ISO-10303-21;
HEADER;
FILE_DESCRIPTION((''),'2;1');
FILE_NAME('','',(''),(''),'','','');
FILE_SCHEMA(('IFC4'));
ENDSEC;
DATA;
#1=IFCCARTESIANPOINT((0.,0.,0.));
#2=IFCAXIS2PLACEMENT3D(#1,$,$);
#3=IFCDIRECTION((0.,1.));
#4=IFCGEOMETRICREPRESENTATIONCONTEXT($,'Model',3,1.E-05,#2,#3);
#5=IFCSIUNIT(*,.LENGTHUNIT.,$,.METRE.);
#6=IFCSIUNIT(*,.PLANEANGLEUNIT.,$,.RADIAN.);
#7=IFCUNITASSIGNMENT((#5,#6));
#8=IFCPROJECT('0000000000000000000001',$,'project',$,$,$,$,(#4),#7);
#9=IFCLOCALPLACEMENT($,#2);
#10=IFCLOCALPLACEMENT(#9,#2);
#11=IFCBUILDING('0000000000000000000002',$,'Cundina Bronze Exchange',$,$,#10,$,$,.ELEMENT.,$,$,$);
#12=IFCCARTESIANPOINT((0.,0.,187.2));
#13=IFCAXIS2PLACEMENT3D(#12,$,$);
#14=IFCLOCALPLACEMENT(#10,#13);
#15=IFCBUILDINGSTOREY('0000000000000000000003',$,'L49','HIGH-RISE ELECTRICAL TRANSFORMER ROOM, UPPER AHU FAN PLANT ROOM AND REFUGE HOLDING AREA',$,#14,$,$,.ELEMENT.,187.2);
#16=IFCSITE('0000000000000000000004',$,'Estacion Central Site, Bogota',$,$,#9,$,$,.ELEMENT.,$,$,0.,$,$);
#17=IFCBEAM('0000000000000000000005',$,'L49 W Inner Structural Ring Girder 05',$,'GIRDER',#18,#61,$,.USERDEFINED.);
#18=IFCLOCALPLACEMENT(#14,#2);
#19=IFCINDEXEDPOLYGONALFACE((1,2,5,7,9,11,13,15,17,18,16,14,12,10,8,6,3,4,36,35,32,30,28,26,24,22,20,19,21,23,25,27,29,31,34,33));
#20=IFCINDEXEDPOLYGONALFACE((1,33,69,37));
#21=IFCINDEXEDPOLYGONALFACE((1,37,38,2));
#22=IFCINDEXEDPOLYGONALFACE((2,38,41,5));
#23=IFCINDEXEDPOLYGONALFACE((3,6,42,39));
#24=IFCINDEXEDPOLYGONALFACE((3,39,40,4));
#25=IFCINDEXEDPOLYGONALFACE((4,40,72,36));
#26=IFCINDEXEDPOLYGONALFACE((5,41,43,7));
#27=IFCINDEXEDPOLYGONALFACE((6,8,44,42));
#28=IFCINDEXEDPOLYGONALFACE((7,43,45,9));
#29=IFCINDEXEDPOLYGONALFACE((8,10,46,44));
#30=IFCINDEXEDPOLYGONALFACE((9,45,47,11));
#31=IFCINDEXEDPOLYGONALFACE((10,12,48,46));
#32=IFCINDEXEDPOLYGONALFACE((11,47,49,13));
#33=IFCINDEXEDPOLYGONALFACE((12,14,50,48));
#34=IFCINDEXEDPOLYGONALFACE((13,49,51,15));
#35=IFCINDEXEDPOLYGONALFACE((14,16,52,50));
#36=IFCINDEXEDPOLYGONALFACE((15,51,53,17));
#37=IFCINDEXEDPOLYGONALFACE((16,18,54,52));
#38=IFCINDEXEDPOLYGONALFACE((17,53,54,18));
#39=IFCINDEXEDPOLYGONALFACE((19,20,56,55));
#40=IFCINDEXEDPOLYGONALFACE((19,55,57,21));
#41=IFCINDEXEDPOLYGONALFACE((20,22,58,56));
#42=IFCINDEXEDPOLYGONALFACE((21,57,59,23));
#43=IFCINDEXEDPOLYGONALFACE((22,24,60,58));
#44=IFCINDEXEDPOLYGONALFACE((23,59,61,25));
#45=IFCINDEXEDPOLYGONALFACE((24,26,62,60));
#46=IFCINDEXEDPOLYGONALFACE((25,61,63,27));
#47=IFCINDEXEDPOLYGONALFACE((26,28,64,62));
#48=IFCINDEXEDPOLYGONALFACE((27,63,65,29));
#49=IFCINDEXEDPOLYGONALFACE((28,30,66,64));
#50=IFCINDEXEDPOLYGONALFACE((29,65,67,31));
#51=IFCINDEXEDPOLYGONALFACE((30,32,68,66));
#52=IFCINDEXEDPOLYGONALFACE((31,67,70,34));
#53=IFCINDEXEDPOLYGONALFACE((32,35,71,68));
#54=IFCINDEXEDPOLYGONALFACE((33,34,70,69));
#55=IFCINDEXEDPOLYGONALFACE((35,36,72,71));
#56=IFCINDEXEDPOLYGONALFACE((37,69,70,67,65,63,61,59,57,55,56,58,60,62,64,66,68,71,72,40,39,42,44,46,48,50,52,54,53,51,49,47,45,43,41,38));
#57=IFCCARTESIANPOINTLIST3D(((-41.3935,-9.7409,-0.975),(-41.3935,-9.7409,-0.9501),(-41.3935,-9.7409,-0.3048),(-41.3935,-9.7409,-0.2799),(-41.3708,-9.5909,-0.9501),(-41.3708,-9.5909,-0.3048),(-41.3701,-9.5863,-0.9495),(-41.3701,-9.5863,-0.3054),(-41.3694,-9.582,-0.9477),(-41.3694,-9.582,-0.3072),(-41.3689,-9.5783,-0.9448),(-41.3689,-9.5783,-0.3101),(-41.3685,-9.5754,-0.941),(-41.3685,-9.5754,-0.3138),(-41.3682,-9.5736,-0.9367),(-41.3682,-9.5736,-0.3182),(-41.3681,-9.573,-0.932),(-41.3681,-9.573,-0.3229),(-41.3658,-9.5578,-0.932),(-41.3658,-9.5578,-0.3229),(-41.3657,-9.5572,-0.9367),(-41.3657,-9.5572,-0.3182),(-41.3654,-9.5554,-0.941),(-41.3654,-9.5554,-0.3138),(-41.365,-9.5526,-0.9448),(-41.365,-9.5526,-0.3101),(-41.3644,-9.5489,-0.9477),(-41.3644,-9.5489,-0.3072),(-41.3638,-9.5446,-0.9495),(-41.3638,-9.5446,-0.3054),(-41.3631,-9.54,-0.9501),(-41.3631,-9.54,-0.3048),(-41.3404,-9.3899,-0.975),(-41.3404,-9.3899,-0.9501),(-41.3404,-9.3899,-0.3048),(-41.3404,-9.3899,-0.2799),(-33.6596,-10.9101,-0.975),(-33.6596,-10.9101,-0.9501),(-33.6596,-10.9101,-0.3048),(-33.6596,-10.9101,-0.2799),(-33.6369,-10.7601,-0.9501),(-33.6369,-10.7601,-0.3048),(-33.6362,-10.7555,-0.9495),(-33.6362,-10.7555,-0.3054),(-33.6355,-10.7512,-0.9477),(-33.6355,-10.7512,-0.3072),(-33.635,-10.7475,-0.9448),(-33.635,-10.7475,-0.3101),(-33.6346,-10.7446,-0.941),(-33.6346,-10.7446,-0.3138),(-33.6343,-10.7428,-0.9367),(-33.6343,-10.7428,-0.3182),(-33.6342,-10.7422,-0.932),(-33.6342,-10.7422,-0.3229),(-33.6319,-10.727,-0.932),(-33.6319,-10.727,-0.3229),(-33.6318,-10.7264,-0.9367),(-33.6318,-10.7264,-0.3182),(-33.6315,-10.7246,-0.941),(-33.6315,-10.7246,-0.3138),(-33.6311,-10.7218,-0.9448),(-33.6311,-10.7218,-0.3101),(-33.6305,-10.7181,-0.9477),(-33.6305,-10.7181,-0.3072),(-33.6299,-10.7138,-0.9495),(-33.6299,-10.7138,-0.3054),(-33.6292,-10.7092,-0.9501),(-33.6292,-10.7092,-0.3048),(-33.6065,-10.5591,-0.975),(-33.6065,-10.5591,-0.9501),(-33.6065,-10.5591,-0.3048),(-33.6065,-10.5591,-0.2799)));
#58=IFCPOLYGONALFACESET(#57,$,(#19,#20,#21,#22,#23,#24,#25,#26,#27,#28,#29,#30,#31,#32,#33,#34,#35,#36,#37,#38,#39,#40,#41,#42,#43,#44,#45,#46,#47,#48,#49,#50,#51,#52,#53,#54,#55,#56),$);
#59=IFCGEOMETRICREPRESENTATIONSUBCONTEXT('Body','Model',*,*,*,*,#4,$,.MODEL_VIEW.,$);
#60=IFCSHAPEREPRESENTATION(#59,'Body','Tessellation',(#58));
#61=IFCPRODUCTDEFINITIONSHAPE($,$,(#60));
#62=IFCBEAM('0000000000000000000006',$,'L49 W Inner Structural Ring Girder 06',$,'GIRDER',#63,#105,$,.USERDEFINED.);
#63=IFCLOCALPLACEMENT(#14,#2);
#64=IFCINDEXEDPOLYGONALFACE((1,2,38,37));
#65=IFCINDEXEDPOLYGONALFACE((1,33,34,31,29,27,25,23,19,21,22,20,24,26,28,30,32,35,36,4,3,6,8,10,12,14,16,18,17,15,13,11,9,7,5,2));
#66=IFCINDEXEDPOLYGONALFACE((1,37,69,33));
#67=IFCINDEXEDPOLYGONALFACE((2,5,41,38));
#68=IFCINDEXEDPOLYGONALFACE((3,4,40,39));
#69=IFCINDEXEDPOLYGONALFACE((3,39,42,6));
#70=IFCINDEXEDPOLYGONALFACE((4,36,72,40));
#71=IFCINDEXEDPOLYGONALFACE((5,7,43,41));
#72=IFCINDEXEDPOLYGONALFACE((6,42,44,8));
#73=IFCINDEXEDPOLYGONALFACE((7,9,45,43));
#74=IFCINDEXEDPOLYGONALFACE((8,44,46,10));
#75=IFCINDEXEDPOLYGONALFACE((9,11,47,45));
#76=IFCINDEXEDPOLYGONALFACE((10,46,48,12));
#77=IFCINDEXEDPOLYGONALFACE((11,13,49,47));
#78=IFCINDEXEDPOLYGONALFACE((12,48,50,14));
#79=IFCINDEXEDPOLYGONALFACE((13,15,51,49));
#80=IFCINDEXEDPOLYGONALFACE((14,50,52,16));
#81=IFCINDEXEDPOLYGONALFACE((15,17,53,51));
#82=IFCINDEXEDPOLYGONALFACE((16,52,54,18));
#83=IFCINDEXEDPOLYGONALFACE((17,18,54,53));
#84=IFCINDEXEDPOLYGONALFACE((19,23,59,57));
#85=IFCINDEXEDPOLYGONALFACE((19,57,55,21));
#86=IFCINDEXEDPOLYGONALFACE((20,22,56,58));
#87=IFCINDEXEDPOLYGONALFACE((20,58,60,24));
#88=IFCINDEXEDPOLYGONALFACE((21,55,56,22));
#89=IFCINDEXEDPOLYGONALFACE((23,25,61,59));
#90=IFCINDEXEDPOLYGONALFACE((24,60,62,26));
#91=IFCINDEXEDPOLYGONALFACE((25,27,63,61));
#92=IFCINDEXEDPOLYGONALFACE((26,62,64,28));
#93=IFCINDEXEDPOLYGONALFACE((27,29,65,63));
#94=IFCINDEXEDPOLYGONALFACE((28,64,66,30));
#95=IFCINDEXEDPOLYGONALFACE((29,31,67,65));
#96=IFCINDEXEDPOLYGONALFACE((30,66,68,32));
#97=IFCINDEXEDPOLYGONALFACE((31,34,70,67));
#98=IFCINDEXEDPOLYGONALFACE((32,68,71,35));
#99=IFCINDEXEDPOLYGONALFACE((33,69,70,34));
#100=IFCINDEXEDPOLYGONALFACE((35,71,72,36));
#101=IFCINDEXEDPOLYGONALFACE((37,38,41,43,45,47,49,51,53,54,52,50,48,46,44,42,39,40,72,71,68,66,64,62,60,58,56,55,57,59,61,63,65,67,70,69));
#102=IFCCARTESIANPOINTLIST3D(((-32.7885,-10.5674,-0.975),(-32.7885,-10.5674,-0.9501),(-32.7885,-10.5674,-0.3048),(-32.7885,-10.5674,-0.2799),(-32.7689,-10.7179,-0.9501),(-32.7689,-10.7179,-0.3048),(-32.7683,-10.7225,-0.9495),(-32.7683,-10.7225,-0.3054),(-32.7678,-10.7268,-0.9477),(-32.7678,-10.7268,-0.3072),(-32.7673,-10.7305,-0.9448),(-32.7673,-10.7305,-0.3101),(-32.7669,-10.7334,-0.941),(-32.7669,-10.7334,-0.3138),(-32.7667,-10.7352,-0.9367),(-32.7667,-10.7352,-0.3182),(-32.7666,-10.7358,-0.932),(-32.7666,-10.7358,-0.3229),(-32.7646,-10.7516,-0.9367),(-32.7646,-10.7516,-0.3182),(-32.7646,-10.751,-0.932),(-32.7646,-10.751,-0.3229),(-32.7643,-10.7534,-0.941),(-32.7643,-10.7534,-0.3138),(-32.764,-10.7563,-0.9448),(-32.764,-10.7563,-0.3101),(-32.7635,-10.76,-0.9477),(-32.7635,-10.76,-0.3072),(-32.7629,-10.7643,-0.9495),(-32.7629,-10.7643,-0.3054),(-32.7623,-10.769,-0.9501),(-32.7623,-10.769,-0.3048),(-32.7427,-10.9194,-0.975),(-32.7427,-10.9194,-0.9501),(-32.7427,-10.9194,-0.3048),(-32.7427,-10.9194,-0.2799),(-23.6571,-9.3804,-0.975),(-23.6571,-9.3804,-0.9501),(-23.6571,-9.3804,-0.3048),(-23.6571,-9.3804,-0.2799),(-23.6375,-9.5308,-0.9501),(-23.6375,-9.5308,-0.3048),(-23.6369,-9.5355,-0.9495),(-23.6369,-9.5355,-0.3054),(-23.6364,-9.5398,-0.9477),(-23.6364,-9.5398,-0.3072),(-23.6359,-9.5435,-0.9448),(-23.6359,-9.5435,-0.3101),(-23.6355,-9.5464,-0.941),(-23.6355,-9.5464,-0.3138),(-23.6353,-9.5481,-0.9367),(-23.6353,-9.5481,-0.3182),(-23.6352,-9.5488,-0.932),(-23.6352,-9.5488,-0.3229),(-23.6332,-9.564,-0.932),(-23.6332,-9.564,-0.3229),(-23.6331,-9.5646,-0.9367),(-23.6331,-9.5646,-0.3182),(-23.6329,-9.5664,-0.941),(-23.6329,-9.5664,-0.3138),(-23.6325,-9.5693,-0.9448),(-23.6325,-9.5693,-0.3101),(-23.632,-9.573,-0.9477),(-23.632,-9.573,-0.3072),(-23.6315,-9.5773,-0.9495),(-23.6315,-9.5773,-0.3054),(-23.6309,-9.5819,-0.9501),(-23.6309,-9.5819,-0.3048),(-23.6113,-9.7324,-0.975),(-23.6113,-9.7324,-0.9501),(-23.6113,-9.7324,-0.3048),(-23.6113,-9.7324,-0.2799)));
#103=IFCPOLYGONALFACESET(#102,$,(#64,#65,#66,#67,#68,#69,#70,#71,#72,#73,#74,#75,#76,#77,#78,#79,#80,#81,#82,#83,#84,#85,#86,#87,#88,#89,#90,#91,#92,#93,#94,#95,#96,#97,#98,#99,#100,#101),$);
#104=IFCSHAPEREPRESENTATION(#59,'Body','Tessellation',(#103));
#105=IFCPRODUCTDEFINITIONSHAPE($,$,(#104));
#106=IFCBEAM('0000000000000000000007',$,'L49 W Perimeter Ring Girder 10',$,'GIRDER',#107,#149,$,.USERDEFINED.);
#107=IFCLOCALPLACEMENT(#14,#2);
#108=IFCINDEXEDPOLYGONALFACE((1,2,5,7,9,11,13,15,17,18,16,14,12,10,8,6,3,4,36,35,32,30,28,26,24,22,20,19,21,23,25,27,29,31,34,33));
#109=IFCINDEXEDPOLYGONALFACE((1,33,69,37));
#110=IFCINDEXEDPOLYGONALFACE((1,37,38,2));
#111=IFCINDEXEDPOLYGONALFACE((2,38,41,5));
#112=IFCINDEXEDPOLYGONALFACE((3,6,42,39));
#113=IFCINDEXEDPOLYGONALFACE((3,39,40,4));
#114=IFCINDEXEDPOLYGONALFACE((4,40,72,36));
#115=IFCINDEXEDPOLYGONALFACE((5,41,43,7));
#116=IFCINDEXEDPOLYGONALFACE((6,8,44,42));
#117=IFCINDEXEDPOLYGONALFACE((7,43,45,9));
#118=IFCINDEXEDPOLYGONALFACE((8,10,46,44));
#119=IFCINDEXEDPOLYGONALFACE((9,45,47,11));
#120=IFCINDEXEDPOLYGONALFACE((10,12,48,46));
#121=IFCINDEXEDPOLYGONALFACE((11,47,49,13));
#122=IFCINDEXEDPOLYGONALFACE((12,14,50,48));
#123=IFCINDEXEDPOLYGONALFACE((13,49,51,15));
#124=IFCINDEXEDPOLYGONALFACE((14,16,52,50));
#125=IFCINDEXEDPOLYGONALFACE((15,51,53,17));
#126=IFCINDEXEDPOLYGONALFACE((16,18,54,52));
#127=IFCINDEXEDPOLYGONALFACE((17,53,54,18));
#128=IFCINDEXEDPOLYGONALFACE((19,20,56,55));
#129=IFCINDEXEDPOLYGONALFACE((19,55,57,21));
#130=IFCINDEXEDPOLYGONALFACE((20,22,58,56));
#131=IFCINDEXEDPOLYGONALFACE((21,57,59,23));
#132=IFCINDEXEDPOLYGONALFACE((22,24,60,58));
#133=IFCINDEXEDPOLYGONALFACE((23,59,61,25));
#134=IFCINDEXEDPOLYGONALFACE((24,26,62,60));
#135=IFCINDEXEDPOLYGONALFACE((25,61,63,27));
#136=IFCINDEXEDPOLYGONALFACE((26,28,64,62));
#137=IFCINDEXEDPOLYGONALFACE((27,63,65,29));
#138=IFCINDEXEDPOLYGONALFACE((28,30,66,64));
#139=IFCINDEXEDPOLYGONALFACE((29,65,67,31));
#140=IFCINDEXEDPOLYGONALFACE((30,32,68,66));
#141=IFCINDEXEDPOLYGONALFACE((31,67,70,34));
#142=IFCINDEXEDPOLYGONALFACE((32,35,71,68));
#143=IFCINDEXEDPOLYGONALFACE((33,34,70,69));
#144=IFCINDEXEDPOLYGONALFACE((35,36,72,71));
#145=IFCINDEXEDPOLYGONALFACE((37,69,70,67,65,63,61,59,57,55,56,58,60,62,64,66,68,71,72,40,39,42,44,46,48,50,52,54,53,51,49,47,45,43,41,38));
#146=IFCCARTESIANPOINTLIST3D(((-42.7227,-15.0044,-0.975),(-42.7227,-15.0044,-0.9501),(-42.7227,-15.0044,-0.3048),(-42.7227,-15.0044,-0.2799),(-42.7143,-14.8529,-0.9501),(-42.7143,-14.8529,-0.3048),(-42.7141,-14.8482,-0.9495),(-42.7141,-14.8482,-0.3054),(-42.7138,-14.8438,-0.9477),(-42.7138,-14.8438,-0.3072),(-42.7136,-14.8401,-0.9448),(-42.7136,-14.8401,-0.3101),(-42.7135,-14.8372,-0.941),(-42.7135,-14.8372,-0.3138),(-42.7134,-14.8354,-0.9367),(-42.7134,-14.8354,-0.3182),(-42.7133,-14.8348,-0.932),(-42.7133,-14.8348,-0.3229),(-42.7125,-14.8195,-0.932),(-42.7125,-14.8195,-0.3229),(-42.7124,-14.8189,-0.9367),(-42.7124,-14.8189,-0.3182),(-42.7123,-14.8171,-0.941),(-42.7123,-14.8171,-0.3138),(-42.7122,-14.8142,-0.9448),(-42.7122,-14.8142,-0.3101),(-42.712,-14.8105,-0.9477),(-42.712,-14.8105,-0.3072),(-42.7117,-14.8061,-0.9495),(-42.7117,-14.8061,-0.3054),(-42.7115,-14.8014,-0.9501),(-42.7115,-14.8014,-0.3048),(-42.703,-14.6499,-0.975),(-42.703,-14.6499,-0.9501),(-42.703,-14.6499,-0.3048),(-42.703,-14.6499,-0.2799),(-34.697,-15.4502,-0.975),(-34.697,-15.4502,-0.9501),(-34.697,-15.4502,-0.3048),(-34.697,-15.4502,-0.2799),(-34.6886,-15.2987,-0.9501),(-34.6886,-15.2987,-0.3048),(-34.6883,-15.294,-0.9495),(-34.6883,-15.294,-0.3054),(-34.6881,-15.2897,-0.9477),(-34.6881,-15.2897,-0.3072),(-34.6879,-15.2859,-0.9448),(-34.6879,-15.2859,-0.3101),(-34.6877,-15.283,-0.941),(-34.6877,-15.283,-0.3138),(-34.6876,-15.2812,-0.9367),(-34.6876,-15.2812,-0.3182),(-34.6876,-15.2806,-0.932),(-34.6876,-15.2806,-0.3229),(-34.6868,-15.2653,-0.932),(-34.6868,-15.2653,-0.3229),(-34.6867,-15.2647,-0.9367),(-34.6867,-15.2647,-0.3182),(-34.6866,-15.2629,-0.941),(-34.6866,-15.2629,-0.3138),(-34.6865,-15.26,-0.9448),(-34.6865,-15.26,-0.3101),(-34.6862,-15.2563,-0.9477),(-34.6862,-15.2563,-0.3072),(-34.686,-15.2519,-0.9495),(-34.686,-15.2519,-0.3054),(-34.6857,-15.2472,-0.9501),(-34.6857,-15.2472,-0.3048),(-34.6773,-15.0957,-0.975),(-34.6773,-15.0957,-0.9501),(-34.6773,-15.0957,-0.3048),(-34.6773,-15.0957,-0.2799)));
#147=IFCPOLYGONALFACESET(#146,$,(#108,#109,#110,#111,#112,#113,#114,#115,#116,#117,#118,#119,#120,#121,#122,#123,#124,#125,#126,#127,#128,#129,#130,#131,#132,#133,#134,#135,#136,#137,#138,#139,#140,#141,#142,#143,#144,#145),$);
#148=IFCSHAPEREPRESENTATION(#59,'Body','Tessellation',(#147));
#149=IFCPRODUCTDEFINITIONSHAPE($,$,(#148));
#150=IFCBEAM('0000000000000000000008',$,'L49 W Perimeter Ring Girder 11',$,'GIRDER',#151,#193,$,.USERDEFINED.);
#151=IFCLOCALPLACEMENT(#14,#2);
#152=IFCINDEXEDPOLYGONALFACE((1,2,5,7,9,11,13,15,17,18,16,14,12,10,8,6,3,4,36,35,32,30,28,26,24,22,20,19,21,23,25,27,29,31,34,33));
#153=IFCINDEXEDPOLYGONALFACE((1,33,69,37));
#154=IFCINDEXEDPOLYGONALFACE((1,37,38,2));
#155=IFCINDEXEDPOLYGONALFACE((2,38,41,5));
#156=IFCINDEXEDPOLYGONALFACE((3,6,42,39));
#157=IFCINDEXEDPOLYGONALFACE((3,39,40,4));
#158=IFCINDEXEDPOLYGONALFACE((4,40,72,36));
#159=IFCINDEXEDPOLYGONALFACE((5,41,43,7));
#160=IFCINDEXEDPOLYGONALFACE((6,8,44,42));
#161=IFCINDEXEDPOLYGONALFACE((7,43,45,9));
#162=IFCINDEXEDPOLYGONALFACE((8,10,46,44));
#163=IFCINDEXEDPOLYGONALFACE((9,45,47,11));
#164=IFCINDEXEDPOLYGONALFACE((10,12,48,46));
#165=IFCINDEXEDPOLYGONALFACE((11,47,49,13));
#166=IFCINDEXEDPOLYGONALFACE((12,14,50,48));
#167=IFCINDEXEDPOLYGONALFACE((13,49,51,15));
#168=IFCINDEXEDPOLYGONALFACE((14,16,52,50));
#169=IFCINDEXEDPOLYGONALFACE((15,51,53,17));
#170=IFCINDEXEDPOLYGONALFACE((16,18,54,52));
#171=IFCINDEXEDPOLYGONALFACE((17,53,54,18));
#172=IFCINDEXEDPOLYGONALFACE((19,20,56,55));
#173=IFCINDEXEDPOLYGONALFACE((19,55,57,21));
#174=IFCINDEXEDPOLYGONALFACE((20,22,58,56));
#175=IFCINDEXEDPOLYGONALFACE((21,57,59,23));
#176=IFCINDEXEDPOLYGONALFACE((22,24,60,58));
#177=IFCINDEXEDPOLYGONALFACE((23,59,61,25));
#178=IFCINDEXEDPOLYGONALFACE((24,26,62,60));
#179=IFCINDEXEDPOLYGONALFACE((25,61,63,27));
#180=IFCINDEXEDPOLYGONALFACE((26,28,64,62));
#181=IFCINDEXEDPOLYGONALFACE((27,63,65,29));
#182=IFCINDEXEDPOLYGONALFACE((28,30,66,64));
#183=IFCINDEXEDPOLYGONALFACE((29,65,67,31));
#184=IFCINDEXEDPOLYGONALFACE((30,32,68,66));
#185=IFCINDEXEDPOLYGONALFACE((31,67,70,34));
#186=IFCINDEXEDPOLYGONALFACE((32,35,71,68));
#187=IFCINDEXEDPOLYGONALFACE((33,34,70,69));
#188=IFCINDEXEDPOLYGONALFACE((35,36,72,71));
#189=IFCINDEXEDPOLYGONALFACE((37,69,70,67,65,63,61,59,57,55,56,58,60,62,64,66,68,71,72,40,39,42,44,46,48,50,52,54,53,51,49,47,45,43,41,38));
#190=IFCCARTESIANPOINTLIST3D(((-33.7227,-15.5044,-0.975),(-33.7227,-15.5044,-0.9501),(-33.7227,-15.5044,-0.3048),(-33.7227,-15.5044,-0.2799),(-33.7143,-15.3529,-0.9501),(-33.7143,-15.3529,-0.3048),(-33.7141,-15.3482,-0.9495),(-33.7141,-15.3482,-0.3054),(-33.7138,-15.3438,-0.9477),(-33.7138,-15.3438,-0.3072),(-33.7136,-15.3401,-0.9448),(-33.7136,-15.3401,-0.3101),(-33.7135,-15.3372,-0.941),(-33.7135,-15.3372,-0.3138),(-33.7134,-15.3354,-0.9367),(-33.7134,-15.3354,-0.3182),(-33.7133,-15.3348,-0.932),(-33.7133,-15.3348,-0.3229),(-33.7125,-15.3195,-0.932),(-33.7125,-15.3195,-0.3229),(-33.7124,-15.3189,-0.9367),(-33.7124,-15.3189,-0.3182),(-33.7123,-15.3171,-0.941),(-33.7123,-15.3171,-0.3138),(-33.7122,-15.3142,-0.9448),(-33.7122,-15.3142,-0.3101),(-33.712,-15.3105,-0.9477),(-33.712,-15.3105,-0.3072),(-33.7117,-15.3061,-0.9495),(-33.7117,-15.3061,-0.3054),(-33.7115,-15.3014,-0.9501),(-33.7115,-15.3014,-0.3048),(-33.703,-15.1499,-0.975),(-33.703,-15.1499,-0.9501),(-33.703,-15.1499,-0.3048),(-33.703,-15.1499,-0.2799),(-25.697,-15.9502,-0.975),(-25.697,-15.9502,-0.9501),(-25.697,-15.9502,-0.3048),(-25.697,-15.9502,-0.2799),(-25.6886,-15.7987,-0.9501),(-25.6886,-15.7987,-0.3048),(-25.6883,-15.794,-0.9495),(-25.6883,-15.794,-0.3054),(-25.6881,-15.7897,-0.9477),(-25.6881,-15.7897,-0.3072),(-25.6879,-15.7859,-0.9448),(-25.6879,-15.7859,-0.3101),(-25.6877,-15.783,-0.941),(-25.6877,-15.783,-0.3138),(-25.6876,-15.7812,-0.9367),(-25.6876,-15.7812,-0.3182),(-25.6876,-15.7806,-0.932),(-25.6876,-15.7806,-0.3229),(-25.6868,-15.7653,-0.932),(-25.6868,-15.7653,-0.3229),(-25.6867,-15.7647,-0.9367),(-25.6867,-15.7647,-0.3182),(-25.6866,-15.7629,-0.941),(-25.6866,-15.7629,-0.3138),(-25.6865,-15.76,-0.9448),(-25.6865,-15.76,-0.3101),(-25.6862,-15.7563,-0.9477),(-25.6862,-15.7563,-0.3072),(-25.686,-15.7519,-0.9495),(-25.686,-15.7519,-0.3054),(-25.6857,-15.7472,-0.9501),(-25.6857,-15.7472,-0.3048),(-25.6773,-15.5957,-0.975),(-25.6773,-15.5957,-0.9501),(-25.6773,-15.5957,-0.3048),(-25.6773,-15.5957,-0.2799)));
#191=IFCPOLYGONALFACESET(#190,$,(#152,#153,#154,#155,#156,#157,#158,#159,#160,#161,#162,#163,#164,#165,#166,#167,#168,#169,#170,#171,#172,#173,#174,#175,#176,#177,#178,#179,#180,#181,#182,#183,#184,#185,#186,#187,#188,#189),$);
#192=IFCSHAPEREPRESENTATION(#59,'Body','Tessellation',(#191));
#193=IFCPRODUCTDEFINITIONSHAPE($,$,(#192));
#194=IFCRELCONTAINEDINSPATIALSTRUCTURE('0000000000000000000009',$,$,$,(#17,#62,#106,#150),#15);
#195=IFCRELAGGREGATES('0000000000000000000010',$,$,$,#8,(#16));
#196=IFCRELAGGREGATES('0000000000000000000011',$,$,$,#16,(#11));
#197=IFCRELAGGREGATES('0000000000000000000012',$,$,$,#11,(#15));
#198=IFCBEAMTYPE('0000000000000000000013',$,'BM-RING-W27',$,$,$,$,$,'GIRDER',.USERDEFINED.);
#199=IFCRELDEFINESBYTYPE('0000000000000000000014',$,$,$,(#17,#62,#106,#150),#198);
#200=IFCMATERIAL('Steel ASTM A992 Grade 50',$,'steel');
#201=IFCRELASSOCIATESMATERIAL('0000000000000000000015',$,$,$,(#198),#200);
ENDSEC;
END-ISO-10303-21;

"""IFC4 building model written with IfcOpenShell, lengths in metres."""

from ifc_helpers import new_model, si_unit, direction, frame, origin, origin_2d, place, context, subcontext, project, spatial, i_section, extrude, material, material_profile, profile_set, type_object, element, save


model = new_model("IFC4")

# Units and contexts
model_context = context("Model", 3, precision=1e-05, world=origin(), true_north=direction((0.0, 1.0)))
body_context = subcontext(model_context, "Body", "Model", "MODEL_VIEW")
ifc_project = project(units=[si_unit("LENGTHUNIT", "METRE"), si_unit("PLANEANGLEUNIT", "RADIAN")], contexts=[model_context])

# Site, building, storey
site_placement = place(None, origin())
site = spatial("IfcSite", under=ifc_project, at=site_placement, Name="Estacion Central Site, Bogota", CompositionType="ELEMENT", RefElevation=0.0)
building_placement = place(site_placement, origin())
building = spatial("IfcBuilding", under=site, at=building_placement, Name="Cundina Bronze Exchange", CompositionType="ELEMENT")
storey_placement = place(building_placement, frame((0.0, 0.0, 187.2)))
storey = spatial("IfcBuildingStorey", under=building, at=storey_placement, Name="L49", Description="HIGH-RISE ELECTRICAL TRANSFORMER ROOM, UPPER AHU FAN PLANT ROOM AND REFUGE HOLDING AREA", CompositionType="ELEMENT", Elevation=187.2)

# Beams
ifc_material_1 = material(Name="Steel ASTM A992 Grade 50", Category="steel")
ifc_material_profile_1 = material_profile(ifc_material_1, i_section(OverallWidth=0.355, OverallDepth=0.6951, WebThickness=0.0154, FlangeThickness=0.0249, FilletRadius=0.0181, at=origin_2d()), Name="W27X146", Category="steel")
ifc_profile_set_1 = profile_set([ifc_material_profile_1], Name="Steel ASTM A992 Grade 50")
beam_type_1 = type_object("IfcBeamType", Name="BM-RING-W27", ElementType="GIRDER", PredefinedType="USERDEFINED", material=ifc_profile_set_1)
beam_1_placement = place(storey_placement, frame((-41.3669, -9.5654, -0.6274), z_axis=(0.988765, -0.149479, 0.0), x_axis=(0.149479, 0.988765, 0.0)))
element("IfcBeam", 1, at=beam_1_placement, inside=storey, type_object=beam_type_1, Name="L49 W Inner Structural Ring Girder 05", ObjectType="GIRDER", PredefinedType="USERDEFINED", context=body_context, shape_type="SweptSolid", body=[
    extrude(i_section(OverallWidth=0.355, OverallDepth=0.6951, WebThickness=0.0154, FlangeThickness=0.0249, FilletRadius=0.0181, at=origin_2d()), origin(), (0.0, 0.0, 1.0), 7.8218),
])
beam_2_placement = place(storey_placement, frame((-32.7656, -10.7434, -0.6274), z_axis=(0.991656, 0.128908, 0.0), x_axis=(-0.128908, 0.991656, 0.0)))
element("IfcBeam", 2, at=beam_2_placement, inside=storey, type_object=beam_type_1, Name="L49 W Inner Structural Ring Girder 06", ObjectType="GIRDER", PredefinedType="USERDEFINED", context=body_context, shape_type="SweptSolid", body=[
    extrude(i_section(OverallWidth=0.355, OverallDepth=0.6951, WebThickness=0.0154, FlangeThickness=0.0249, FilletRadius=0.0181, at=origin_2d()), origin(), (0.0, 0.0, 1.0), 9.2083),
])
for number, where, z_axis, x_axis, name in (
    (3, (-42.7129, -14.8271, -0.6274), (0.998461, -0.055462, 0.0), (0.055462, 0.998461, 0.0), "L49 W Perimeter Ring Girder 10"),
    (4, (-33.7129, -15.3271, -0.6274), (0.998461, -0.055462, 0.0), (0.055462, 0.998461, 0.0), "L49 W Perimeter Ring Girder 11"),
):
    element("IfcBeam", number, at=place(storey_placement, frame(where, z_axis=z_axis, x_axis=x_axis)), inside=storey, type_object=beam_type_1, Name=name, ObjectType="GIRDER", PredefinedType="USERDEFINED", context=body_context, shape_type="SweptSolid", body=[
        extrude(i_section(OverallWidth=0.355, OverallDepth=0.6951, WebThickness=0.0154, FlangeThickness=0.0249, FilletRadius=0.0181, at=origin_2d()), origin(), (0.0, 0.0, 1.0), 8.0381),
    ])

save(model, "model.ifc")
